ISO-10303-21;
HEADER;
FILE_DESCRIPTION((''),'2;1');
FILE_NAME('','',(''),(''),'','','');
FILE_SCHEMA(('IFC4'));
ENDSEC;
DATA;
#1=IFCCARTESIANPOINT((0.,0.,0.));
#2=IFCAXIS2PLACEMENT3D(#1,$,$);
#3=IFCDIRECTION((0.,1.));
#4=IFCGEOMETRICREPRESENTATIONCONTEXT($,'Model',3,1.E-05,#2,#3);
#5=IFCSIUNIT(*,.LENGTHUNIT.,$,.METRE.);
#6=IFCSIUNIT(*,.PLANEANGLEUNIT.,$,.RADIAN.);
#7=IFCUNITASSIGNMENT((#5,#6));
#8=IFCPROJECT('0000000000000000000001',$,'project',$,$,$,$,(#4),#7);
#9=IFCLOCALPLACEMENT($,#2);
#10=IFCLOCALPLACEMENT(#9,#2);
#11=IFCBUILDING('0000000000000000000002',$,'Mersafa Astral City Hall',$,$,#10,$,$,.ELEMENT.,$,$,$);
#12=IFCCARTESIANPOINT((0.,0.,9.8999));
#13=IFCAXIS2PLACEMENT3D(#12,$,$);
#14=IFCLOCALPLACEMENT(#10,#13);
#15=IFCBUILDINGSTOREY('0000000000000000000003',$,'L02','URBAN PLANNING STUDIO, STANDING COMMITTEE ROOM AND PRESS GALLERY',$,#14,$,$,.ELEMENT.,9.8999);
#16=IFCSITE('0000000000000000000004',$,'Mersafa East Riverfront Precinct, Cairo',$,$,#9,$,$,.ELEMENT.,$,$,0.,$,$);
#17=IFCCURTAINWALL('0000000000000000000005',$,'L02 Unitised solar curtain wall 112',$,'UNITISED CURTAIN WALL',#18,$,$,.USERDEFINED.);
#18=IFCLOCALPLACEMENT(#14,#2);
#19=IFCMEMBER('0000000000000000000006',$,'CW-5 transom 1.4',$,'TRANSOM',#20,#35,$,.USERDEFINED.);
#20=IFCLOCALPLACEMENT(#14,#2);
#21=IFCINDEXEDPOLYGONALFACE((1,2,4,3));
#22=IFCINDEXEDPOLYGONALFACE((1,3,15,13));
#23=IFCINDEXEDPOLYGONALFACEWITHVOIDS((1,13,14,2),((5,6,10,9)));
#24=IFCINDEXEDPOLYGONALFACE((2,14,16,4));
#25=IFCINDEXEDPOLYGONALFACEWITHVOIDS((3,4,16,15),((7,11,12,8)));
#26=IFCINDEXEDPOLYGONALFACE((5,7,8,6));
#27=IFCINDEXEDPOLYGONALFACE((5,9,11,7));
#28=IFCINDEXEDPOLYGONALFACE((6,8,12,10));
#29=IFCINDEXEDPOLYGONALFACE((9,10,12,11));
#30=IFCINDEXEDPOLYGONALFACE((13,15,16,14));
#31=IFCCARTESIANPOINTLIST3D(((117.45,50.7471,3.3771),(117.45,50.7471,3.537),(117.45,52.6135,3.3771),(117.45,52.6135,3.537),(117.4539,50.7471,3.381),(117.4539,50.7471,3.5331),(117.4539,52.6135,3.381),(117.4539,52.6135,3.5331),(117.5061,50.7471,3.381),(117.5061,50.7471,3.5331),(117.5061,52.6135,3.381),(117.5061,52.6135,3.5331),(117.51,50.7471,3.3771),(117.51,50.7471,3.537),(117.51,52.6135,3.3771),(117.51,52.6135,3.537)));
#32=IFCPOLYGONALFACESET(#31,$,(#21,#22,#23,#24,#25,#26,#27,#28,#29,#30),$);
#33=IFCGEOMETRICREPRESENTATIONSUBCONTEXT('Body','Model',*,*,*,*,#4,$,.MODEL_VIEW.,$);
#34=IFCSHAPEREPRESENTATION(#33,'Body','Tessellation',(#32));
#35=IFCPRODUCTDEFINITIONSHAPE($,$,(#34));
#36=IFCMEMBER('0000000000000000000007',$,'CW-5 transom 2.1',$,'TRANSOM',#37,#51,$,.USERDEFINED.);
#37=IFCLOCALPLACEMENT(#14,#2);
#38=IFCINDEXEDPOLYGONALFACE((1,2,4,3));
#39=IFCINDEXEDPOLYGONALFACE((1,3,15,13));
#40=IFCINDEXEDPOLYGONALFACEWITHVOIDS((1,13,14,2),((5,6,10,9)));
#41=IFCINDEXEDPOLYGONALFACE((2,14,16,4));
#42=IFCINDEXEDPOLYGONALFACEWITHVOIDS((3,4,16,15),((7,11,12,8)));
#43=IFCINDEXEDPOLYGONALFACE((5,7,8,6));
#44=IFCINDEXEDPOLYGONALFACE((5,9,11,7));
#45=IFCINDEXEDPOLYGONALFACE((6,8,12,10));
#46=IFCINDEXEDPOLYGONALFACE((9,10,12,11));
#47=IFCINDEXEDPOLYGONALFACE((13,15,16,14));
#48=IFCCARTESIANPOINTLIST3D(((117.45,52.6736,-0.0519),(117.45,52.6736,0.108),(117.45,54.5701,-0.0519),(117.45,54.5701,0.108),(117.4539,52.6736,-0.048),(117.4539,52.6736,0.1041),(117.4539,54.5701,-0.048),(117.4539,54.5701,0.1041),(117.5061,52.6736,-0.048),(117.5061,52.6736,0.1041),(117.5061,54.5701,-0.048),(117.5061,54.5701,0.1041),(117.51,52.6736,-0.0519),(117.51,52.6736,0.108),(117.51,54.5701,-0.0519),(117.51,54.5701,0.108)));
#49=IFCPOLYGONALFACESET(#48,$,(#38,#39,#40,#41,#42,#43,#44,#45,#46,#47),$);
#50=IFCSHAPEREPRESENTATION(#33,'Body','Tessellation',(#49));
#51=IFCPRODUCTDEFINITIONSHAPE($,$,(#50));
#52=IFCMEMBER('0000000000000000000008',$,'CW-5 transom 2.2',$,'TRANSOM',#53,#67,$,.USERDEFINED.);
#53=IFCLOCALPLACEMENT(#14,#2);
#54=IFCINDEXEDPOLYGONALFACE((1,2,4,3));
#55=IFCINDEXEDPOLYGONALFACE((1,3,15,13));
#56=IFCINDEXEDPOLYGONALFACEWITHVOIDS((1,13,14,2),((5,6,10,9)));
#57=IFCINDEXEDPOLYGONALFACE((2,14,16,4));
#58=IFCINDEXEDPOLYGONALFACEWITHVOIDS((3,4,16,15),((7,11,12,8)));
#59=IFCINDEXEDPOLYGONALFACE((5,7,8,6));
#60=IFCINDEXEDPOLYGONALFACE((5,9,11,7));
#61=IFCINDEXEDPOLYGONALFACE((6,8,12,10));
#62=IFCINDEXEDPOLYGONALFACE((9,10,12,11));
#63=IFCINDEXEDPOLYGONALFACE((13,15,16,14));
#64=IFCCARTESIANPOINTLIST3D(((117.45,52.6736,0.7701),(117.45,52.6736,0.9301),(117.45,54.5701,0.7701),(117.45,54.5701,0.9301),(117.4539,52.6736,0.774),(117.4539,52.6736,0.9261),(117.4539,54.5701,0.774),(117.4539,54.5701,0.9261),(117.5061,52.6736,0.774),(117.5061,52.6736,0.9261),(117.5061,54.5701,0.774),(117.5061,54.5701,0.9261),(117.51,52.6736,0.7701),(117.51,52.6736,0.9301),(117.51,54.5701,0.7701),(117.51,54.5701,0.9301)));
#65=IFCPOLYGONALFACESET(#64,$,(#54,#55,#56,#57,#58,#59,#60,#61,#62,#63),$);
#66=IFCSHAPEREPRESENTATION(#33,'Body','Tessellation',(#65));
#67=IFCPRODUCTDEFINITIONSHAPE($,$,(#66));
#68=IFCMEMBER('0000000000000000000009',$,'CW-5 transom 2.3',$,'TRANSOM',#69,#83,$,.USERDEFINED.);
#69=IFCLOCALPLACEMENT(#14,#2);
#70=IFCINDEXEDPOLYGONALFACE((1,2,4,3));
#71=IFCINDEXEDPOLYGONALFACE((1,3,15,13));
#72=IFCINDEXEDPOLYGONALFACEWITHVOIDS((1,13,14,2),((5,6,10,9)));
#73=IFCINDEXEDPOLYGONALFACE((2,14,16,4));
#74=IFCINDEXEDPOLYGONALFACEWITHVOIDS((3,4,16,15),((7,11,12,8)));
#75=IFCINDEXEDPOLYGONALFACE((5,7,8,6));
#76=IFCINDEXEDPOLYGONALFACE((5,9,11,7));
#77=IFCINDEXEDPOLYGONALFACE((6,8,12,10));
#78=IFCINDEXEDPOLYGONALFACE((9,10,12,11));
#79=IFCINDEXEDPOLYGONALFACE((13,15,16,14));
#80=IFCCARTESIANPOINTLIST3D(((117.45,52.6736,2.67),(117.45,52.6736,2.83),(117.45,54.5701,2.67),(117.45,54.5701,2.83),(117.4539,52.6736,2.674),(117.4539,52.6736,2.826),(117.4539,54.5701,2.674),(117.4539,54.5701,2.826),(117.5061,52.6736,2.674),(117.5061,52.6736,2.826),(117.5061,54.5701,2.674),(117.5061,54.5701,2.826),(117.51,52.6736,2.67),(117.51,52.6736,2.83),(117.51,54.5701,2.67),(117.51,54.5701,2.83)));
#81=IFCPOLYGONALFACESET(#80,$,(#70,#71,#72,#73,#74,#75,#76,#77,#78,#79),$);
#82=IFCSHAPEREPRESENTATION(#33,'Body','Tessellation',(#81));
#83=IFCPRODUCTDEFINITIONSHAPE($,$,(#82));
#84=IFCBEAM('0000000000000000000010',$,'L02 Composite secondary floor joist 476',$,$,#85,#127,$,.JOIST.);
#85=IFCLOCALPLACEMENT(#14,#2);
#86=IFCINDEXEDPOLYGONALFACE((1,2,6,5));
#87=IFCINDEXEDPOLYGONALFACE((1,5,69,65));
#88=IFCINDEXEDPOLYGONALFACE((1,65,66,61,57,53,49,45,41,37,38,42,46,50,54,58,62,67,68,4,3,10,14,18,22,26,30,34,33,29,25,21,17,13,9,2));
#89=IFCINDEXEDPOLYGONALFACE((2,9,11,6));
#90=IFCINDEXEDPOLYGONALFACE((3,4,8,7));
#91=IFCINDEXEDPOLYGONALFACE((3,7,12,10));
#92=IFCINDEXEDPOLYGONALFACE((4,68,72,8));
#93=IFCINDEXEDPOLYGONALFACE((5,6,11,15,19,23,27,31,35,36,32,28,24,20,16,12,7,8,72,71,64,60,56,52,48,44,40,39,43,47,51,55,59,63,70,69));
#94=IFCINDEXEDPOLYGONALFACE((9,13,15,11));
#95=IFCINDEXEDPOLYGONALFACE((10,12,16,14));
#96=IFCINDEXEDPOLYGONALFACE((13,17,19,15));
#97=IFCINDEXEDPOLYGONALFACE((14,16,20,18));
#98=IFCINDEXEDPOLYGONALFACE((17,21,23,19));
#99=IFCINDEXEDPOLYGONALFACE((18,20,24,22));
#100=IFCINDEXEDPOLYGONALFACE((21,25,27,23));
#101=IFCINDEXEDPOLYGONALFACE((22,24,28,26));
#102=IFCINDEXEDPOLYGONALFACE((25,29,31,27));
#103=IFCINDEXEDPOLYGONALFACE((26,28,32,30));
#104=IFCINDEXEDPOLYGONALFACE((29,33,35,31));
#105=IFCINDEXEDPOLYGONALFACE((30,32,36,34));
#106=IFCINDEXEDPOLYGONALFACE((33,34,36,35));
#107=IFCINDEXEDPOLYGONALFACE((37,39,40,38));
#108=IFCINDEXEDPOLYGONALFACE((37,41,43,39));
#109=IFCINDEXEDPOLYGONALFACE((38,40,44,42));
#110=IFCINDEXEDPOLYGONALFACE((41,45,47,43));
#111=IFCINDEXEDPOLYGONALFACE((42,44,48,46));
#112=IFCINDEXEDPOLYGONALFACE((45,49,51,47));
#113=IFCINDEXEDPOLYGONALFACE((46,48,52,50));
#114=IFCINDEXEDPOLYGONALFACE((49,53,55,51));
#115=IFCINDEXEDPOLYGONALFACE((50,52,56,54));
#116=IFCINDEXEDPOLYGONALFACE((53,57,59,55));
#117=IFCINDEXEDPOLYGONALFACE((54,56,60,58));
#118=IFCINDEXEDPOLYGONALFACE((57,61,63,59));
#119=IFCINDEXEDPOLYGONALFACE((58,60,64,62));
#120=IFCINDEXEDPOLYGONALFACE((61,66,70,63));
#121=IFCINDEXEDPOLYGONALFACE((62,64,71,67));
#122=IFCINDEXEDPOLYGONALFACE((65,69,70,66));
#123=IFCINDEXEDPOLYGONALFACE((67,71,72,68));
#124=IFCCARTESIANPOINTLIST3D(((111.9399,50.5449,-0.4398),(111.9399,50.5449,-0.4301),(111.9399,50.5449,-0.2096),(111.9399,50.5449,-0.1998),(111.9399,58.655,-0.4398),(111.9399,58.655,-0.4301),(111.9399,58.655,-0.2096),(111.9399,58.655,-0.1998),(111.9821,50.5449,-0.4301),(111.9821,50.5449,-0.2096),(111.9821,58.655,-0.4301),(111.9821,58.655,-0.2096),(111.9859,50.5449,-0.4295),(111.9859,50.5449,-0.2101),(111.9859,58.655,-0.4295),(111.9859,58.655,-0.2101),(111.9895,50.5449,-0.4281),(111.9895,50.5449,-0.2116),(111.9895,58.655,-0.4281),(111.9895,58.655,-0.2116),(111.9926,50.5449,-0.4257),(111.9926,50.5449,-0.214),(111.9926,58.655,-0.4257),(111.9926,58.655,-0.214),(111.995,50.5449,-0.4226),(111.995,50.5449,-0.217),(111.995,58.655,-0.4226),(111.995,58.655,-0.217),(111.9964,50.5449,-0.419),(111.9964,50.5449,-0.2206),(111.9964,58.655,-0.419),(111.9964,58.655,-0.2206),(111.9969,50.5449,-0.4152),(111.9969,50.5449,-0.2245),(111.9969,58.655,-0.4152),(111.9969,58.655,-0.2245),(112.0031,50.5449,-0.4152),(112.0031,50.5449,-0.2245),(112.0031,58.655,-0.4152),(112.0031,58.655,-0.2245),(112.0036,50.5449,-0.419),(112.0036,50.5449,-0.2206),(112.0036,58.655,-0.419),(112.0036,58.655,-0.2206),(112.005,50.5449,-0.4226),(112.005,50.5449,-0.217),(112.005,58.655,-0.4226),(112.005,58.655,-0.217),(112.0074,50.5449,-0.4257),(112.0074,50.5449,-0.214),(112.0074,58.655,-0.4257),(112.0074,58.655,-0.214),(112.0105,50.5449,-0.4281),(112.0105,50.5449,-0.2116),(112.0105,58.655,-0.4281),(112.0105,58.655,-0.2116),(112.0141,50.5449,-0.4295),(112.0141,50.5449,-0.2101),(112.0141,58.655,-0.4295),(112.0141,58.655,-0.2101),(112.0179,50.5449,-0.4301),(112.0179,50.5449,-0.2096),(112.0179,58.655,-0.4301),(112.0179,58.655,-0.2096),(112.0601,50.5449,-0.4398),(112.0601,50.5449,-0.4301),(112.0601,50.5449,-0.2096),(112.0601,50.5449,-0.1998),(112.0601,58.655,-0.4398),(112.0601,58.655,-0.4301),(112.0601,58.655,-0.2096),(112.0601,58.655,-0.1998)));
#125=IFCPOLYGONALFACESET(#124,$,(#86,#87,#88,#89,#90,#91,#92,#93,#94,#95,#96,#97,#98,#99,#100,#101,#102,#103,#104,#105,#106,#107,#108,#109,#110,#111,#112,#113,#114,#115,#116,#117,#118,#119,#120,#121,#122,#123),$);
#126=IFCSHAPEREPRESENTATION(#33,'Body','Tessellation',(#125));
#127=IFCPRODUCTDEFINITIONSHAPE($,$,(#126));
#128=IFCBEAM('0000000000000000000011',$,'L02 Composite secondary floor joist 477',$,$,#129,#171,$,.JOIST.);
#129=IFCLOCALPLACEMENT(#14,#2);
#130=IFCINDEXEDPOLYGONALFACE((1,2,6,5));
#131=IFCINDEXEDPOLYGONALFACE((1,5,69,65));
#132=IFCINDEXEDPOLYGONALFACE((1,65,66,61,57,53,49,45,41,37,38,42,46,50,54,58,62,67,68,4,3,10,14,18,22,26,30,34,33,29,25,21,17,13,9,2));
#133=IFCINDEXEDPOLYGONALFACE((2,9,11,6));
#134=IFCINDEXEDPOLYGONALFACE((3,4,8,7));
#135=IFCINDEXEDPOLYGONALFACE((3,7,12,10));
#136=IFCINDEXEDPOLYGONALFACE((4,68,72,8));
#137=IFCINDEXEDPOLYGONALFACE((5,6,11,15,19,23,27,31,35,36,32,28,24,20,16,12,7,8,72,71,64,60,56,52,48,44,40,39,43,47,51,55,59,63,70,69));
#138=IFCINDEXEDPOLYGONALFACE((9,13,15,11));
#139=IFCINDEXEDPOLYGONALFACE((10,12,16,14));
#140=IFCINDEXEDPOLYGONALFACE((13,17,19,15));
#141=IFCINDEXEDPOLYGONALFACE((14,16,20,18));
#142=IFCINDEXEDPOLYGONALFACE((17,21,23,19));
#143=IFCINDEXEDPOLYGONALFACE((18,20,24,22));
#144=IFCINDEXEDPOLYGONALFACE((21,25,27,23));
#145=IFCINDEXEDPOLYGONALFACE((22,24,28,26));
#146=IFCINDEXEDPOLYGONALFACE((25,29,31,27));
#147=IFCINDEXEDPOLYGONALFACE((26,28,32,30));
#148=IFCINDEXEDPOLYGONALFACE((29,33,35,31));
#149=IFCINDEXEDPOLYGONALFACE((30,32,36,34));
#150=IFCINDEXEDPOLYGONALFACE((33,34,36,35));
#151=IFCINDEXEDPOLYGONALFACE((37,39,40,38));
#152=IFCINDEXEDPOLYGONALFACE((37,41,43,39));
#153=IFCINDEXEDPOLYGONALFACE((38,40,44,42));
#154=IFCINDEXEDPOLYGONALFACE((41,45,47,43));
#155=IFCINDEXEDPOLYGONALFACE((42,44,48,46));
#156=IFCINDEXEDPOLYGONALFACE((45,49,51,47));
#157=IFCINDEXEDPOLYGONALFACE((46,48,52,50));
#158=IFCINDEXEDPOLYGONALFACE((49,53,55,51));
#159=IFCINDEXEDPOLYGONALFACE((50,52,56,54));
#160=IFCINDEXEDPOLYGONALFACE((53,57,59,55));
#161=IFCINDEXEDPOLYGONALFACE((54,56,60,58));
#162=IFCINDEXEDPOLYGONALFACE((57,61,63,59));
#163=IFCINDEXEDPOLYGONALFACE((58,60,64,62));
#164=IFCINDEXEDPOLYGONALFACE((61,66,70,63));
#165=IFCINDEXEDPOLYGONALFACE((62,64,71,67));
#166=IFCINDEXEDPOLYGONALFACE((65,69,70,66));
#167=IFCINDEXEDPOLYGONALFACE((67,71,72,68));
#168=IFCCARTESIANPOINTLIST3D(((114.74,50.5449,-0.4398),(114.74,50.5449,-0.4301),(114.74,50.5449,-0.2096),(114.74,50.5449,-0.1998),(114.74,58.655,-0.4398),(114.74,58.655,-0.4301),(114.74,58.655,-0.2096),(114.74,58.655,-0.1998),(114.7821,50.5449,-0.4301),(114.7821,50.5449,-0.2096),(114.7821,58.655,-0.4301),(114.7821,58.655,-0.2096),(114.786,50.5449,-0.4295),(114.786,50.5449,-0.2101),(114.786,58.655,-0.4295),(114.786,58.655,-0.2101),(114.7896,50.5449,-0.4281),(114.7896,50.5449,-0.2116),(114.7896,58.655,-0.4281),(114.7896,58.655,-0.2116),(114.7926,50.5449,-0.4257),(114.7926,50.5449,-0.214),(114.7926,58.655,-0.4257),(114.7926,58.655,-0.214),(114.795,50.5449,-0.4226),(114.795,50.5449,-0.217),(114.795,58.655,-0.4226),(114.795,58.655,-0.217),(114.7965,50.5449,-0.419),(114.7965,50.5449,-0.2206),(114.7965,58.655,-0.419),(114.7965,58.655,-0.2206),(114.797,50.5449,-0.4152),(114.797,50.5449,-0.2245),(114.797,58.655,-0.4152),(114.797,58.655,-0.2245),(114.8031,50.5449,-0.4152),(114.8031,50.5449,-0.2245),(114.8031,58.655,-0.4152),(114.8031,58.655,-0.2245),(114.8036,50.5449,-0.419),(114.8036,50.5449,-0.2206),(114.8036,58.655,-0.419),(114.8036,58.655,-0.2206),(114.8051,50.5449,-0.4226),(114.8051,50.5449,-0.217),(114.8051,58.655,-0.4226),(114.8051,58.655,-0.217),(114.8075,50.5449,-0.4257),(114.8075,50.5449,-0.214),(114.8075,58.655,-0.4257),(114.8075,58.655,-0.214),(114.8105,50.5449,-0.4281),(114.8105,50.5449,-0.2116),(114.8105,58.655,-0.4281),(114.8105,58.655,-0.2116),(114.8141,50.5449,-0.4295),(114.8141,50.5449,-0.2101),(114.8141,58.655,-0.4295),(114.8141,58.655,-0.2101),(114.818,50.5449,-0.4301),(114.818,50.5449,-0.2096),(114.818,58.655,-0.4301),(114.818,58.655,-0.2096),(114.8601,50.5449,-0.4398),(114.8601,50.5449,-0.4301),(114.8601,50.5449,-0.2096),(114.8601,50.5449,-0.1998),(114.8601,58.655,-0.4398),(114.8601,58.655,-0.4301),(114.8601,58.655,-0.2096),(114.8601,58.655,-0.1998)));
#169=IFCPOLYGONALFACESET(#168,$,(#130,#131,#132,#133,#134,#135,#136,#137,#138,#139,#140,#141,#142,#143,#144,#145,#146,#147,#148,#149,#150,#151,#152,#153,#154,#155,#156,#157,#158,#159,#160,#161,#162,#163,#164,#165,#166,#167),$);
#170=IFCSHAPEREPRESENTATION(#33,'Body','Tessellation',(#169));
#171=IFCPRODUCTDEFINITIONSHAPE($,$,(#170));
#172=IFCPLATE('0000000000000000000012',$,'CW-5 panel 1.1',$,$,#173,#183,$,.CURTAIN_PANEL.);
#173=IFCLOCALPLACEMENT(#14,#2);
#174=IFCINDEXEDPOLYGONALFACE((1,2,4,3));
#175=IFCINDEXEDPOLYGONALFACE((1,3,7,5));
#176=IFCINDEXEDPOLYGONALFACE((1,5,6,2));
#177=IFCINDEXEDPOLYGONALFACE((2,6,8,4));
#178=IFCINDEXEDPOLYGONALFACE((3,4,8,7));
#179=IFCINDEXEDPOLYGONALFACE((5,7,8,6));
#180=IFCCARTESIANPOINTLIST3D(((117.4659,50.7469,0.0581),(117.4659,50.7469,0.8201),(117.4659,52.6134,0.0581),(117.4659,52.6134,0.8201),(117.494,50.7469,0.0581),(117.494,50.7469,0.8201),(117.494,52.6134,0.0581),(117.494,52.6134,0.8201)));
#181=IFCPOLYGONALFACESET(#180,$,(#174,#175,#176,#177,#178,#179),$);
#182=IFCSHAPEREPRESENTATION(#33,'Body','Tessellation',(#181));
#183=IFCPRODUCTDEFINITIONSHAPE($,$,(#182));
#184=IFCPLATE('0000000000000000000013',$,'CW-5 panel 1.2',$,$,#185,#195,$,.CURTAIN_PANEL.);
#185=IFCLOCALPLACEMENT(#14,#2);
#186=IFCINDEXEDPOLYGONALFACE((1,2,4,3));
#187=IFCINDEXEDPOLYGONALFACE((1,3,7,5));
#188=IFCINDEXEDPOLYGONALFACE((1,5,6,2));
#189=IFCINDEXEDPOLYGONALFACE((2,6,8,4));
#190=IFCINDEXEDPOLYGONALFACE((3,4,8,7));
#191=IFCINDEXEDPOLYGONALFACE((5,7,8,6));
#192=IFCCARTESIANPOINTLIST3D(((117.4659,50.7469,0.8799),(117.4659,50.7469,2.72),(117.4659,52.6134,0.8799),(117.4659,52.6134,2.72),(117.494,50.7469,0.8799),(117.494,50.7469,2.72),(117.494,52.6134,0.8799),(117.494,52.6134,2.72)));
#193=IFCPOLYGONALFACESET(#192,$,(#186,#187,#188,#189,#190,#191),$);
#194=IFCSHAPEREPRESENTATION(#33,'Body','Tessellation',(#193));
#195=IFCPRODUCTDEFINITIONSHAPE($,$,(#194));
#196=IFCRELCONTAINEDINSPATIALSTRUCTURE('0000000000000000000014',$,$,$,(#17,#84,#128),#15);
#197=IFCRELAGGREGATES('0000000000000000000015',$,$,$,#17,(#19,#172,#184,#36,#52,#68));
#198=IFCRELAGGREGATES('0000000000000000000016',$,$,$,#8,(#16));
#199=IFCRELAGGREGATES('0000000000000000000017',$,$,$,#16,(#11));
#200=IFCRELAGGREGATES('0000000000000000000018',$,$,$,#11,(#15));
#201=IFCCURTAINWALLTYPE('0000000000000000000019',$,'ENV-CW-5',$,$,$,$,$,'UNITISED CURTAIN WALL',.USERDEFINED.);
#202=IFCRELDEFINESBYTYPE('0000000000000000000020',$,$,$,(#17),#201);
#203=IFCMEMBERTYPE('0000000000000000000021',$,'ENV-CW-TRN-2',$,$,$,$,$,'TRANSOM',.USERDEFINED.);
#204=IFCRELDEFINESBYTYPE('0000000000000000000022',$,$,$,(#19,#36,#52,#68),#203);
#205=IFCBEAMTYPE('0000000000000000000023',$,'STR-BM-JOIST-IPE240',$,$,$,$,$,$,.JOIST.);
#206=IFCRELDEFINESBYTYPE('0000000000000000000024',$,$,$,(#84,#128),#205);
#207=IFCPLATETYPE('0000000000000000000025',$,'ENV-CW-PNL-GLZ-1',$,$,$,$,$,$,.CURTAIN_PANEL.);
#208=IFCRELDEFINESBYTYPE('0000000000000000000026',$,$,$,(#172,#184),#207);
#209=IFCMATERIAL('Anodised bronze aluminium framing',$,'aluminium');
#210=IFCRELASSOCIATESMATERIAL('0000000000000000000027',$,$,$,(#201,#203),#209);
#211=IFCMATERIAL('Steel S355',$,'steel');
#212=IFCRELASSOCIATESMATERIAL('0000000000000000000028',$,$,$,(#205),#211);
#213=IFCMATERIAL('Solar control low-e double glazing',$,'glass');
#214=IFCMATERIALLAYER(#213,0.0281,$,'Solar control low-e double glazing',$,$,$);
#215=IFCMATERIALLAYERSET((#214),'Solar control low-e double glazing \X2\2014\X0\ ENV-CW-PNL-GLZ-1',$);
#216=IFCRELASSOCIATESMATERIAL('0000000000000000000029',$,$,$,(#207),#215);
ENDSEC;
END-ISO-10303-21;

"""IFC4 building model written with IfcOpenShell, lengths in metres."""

from ifc_helpers import new_model, si_unit, direction, frame, origin, origin_2d, place, context, subcontext, project, spatial, rectangle, hollow_rectangle, i_section, extrude, material, layer, layer_set, material_profile, profile_set, type_object, element, aggregate, save


model = new_model("IFC4")

# Units and contexts
model_context = context("Model", 3, precision=1e-05, world=origin(), true_north=direction((0.0, 1.0)))
body_context = subcontext(model_context, "Body", "Model", "MODEL_VIEW")
ifc_project = project(units=[si_unit("LENGTHUNIT", "METRE"), si_unit("PLANEANGLEUNIT", "RADIAN")], contexts=[model_context])

# Site, building, storey
site_placement = place(None, origin())
site = spatial("IfcSite", under=ifc_project, at=site_placement, Name="Mersafa East Riverfront Precinct, Cairo", CompositionType="ELEMENT", RefElevation=0.0)
building_placement = place(site_placement, origin())
building = spatial("IfcBuilding", under=site, at=building_placement, Name="Mersafa Astral City Hall", CompositionType="ELEMENT")
storey_placement = place(building_placement, frame((0.0, 0.0, 9.8999)))
storey = spatial("IfcBuildingStorey", under=building, at=storey_placement, Name="L02", Description="URBAN PLANNING STUDIO, STANDING COMMITTEE ROOM AND PRESS GALLERY", CompositionType="ELEMENT", Elevation=9.8999)

# Curtain wall
ifc_material_1 = material(Name="Anodised bronze aluminium framing", Category="aluminium")
curtain_wall_type_1 = type_object("IfcCurtainWallType", Name="ENV-CW-5", ElementType="UNITISED CURTAIN WALL", PredefinedType="USERDEFINED", material=ifc_material_1)
curtain_wall_1_placement = place(storey_placement, origin())
curtain_wall_1 = element("IfcCurtainWall", 1, at=curtain_wall_1_placement, inside=storey, type_object=curtain_wall_type_1, Name="L02 Unitised solar curtain wall 112", ObjectType="UNITISED CURTAIN WALL", PredefinedType="USERDEFINED")

# Members
ifc_material_profile_1 = material_profile(ifc_material_1, hollow_rectangle(XDim=0.0601, YDim=0.1599, WallThickness=0.0039, at=origin_2d()), Name="RHS 60x160x4")
ifc_profile_set_1 = profile_set([ifc_material_profile_1], Name="Anodised bronze aluminium framing")
member_type_1 = type_object("IfcMemberType", Name="ENV-CW-TRN-2", ElementType="TRANSOM", PredefinedType="USERDEFINED", material=ifc_profile_set_1)
member_1_placement = place(storey_placement, frame((117.48, 50.7471, 3.457), z_axis=(0.0, 1.0, 0.0), x_axis=(-1.0, 0.0, 0.0)))
member_1 = element("IfcMember", 2, at=member_1_placement, type_object=member_type_1, Name="CW-5 transom 1.4", ObjectType="TRANSOM", PredefinedType="USERDEFINED", context=body_context, shape_type="SweptSolid", body=[
    extrude(hollow_rectangle(XDim=0.0601, YDim=0.1599, WallThickness=0.0039, at=origin_2d()), origin(), (0.0, 0.0, 1.0), 1.8665),
])
member_2_placement = place(storey_placement, frame((117.48, 52.6736, 0.0281), z_axis=(0.0, 1.0, 0.0), x_axis=(-1.0, 0.0, 0.0)))
member_2 = element("IfcMember", 3, at=member_2_placement, type_object=member_type_1, Name="CW-5 transom 2.1", ObjectType="TRANSOM", PredefinedType="USERDEFINED", context=body_context, shape_type="SweptSolid", body=[
    extrude(hollow_rectangle(XDim=0.0601, YDim=0.1599, WallThickness=0.0039, at=origin_2d()), origin(), (0.0, 0.0, 1.0), 1.8965),
])
member_3_placement = place(storey_placement, frame((117.48, 52.6736, 0.8501), z_axis=(0.0, 1.0, 0.0), x_axis=(-1.0, 0.0, 0.0)))
member_3 = element("IfcMember", 4, at=member_3_placement, type_object=member_type_1, Name="CW-5 transom 2.2", ObjectType="TRANSOM", PredefinedType="USERDEFINED", context=body_context, shape_type="SweptSolid", body=[
    extrude(hollow_rectangle(XDim=0.0601, YDim=0.1599, WallThickness=0.0039, at=origin_2d()), origin(), (0.0, 0.0, 1.0), 1.8965),
])
member_4_placement = place(storey_placement, frame((117.48, 52.6736, 2.75), z_axis=(0.0, 1.0, 0.0), x_axis=(-1.0, 0.0, 0.0)))
member_4 = element("IfcMember", 5, at=member_4_placement, type_object=member_type_1, Name="CW-5 transom 2.3", ObjectType="TRANSOM", PredefinedType="USERDEFINED", context=body_context, shape_type="SweptSolid", body=[
    extrude(hollow_rectangle(XDim=0.0601, YDim=0.1599, WallThickness=0.0039, at=origin_2d()), origin(), (0.0, 0.0, 1.0), 1.8965),
])

# Beams
ifc_material_2 = material(Name="Steel S355", Category="steel")
ifc_material_profile_2 = material_profile(ifc_material_2, i_section(OverallWidth=0.1201, OverallDepth=0.24, WebThickness=0.0061, FlangeThickness=0.0098, FilletRadius=0.0149, at=origin_2d()), Name="IPE 240")
ifc_profile_set_2 = profile_set([ifc_material_profile_2], Name="Steel S355")
beam_type = type_object("IfcBeamType", Name="STR-BM-JOIST-IPE240", PredefinedType="JOIST", material=ifc_profile_set_2)
for number, where, z_axis, x_axis, name in (
    (6, (112.0, 50.5449, -0.3198), (0.0, 1.0, 0.0), (-1.0, 0.0, 0.0), "L02 Composite secondary floor joist 476"),
    (7, (114.8, 50.5449, -0.3198), (0.0, 1.0, 0.0), (-1.0, 0.0, 0.0), "L02 Composite secondary floor joist 477"),
):
    element("IfcBeam", number, at=place(storey_placement, frame(where, z_axis=z_axis, x_axis=x_axis)), inside=storey, type_object=beam_type, Name=name, PredefinedType="JOIST", context=body_context, shape_type="SweptSolid", body=[
        extrude(i_section(OverallWidth=0.1201, OverallDepth=0.24, WebThickness=0.0061, FlangeThickness=0.0098, FilletRadius=0.0149, at=origin_2d()), origin(), (0.0, 0.0, 1.0), 8.1101),
    ])

# Plates
ifc_material_3 = material(Name="Solar control low-e double glazing", Category="glass")
ifc_layer_1 = layer(ifc_material_3, 0.0281, Name="Solar control low-e double glazing")
ifc_layer_set_1 = layer_set([ifc_layer_1], Name="Solar control low-e double glazing — ENV-CW-PNL-GLZ-1")
plate_type_1 = type_object("IfcPlateType", Name="ENV-CW-PNL-GLZ-1", PredefinedType="CURTAIN_PANEL", material=ifc_layer_set_1)
plate_1_placement = place(storey_placement, frame((117.48, 51.6802, 0.0581), z_axis=(0.0, 0.0, 1.0), x_axis=(0.0, 1.0, 0.0)))
plate_1 = element("IfcPlate", 8, at=plate_1_placement, type_object=plate_type_1, Name="CW-5 panel 1.1", PredefinedType="CURTAIN_PANEL", context=body_context, shape_type="SweptSolid", body=[
    extrude(rectangle(XDim=1.8665, YDim=0.0281, at=origin_2d()), origin(), (0.0, 0.0, 1.0), 0.762),
])
plate_2_placement = place(storey_placement, frame((117.48, 51.6802, 0.8799), z_axis=(0.0, 0.0, 1.0), x_axis=(0.0, 1.0, 0.0)))
plate_2 = element("IfcPlate", 9, at=plate_2_placement, type_object=plate_type_1, Name="CW-5 panel 1.2", PredefinedType="CURTAIN_PANEL", context=body_context, shape_type="SweptSolid", body=[
    extrude(rectangle(XDim=1.8665, YDim=0.0281, at=origin_2d()), origin(), (0.0, 0.0, 1.0), 1.8401),
])
aggregate(curtain_wall_1, [member_1, plate_1, plate_2, member_2, member_3, member_4])

save(model, "model.ifc")
